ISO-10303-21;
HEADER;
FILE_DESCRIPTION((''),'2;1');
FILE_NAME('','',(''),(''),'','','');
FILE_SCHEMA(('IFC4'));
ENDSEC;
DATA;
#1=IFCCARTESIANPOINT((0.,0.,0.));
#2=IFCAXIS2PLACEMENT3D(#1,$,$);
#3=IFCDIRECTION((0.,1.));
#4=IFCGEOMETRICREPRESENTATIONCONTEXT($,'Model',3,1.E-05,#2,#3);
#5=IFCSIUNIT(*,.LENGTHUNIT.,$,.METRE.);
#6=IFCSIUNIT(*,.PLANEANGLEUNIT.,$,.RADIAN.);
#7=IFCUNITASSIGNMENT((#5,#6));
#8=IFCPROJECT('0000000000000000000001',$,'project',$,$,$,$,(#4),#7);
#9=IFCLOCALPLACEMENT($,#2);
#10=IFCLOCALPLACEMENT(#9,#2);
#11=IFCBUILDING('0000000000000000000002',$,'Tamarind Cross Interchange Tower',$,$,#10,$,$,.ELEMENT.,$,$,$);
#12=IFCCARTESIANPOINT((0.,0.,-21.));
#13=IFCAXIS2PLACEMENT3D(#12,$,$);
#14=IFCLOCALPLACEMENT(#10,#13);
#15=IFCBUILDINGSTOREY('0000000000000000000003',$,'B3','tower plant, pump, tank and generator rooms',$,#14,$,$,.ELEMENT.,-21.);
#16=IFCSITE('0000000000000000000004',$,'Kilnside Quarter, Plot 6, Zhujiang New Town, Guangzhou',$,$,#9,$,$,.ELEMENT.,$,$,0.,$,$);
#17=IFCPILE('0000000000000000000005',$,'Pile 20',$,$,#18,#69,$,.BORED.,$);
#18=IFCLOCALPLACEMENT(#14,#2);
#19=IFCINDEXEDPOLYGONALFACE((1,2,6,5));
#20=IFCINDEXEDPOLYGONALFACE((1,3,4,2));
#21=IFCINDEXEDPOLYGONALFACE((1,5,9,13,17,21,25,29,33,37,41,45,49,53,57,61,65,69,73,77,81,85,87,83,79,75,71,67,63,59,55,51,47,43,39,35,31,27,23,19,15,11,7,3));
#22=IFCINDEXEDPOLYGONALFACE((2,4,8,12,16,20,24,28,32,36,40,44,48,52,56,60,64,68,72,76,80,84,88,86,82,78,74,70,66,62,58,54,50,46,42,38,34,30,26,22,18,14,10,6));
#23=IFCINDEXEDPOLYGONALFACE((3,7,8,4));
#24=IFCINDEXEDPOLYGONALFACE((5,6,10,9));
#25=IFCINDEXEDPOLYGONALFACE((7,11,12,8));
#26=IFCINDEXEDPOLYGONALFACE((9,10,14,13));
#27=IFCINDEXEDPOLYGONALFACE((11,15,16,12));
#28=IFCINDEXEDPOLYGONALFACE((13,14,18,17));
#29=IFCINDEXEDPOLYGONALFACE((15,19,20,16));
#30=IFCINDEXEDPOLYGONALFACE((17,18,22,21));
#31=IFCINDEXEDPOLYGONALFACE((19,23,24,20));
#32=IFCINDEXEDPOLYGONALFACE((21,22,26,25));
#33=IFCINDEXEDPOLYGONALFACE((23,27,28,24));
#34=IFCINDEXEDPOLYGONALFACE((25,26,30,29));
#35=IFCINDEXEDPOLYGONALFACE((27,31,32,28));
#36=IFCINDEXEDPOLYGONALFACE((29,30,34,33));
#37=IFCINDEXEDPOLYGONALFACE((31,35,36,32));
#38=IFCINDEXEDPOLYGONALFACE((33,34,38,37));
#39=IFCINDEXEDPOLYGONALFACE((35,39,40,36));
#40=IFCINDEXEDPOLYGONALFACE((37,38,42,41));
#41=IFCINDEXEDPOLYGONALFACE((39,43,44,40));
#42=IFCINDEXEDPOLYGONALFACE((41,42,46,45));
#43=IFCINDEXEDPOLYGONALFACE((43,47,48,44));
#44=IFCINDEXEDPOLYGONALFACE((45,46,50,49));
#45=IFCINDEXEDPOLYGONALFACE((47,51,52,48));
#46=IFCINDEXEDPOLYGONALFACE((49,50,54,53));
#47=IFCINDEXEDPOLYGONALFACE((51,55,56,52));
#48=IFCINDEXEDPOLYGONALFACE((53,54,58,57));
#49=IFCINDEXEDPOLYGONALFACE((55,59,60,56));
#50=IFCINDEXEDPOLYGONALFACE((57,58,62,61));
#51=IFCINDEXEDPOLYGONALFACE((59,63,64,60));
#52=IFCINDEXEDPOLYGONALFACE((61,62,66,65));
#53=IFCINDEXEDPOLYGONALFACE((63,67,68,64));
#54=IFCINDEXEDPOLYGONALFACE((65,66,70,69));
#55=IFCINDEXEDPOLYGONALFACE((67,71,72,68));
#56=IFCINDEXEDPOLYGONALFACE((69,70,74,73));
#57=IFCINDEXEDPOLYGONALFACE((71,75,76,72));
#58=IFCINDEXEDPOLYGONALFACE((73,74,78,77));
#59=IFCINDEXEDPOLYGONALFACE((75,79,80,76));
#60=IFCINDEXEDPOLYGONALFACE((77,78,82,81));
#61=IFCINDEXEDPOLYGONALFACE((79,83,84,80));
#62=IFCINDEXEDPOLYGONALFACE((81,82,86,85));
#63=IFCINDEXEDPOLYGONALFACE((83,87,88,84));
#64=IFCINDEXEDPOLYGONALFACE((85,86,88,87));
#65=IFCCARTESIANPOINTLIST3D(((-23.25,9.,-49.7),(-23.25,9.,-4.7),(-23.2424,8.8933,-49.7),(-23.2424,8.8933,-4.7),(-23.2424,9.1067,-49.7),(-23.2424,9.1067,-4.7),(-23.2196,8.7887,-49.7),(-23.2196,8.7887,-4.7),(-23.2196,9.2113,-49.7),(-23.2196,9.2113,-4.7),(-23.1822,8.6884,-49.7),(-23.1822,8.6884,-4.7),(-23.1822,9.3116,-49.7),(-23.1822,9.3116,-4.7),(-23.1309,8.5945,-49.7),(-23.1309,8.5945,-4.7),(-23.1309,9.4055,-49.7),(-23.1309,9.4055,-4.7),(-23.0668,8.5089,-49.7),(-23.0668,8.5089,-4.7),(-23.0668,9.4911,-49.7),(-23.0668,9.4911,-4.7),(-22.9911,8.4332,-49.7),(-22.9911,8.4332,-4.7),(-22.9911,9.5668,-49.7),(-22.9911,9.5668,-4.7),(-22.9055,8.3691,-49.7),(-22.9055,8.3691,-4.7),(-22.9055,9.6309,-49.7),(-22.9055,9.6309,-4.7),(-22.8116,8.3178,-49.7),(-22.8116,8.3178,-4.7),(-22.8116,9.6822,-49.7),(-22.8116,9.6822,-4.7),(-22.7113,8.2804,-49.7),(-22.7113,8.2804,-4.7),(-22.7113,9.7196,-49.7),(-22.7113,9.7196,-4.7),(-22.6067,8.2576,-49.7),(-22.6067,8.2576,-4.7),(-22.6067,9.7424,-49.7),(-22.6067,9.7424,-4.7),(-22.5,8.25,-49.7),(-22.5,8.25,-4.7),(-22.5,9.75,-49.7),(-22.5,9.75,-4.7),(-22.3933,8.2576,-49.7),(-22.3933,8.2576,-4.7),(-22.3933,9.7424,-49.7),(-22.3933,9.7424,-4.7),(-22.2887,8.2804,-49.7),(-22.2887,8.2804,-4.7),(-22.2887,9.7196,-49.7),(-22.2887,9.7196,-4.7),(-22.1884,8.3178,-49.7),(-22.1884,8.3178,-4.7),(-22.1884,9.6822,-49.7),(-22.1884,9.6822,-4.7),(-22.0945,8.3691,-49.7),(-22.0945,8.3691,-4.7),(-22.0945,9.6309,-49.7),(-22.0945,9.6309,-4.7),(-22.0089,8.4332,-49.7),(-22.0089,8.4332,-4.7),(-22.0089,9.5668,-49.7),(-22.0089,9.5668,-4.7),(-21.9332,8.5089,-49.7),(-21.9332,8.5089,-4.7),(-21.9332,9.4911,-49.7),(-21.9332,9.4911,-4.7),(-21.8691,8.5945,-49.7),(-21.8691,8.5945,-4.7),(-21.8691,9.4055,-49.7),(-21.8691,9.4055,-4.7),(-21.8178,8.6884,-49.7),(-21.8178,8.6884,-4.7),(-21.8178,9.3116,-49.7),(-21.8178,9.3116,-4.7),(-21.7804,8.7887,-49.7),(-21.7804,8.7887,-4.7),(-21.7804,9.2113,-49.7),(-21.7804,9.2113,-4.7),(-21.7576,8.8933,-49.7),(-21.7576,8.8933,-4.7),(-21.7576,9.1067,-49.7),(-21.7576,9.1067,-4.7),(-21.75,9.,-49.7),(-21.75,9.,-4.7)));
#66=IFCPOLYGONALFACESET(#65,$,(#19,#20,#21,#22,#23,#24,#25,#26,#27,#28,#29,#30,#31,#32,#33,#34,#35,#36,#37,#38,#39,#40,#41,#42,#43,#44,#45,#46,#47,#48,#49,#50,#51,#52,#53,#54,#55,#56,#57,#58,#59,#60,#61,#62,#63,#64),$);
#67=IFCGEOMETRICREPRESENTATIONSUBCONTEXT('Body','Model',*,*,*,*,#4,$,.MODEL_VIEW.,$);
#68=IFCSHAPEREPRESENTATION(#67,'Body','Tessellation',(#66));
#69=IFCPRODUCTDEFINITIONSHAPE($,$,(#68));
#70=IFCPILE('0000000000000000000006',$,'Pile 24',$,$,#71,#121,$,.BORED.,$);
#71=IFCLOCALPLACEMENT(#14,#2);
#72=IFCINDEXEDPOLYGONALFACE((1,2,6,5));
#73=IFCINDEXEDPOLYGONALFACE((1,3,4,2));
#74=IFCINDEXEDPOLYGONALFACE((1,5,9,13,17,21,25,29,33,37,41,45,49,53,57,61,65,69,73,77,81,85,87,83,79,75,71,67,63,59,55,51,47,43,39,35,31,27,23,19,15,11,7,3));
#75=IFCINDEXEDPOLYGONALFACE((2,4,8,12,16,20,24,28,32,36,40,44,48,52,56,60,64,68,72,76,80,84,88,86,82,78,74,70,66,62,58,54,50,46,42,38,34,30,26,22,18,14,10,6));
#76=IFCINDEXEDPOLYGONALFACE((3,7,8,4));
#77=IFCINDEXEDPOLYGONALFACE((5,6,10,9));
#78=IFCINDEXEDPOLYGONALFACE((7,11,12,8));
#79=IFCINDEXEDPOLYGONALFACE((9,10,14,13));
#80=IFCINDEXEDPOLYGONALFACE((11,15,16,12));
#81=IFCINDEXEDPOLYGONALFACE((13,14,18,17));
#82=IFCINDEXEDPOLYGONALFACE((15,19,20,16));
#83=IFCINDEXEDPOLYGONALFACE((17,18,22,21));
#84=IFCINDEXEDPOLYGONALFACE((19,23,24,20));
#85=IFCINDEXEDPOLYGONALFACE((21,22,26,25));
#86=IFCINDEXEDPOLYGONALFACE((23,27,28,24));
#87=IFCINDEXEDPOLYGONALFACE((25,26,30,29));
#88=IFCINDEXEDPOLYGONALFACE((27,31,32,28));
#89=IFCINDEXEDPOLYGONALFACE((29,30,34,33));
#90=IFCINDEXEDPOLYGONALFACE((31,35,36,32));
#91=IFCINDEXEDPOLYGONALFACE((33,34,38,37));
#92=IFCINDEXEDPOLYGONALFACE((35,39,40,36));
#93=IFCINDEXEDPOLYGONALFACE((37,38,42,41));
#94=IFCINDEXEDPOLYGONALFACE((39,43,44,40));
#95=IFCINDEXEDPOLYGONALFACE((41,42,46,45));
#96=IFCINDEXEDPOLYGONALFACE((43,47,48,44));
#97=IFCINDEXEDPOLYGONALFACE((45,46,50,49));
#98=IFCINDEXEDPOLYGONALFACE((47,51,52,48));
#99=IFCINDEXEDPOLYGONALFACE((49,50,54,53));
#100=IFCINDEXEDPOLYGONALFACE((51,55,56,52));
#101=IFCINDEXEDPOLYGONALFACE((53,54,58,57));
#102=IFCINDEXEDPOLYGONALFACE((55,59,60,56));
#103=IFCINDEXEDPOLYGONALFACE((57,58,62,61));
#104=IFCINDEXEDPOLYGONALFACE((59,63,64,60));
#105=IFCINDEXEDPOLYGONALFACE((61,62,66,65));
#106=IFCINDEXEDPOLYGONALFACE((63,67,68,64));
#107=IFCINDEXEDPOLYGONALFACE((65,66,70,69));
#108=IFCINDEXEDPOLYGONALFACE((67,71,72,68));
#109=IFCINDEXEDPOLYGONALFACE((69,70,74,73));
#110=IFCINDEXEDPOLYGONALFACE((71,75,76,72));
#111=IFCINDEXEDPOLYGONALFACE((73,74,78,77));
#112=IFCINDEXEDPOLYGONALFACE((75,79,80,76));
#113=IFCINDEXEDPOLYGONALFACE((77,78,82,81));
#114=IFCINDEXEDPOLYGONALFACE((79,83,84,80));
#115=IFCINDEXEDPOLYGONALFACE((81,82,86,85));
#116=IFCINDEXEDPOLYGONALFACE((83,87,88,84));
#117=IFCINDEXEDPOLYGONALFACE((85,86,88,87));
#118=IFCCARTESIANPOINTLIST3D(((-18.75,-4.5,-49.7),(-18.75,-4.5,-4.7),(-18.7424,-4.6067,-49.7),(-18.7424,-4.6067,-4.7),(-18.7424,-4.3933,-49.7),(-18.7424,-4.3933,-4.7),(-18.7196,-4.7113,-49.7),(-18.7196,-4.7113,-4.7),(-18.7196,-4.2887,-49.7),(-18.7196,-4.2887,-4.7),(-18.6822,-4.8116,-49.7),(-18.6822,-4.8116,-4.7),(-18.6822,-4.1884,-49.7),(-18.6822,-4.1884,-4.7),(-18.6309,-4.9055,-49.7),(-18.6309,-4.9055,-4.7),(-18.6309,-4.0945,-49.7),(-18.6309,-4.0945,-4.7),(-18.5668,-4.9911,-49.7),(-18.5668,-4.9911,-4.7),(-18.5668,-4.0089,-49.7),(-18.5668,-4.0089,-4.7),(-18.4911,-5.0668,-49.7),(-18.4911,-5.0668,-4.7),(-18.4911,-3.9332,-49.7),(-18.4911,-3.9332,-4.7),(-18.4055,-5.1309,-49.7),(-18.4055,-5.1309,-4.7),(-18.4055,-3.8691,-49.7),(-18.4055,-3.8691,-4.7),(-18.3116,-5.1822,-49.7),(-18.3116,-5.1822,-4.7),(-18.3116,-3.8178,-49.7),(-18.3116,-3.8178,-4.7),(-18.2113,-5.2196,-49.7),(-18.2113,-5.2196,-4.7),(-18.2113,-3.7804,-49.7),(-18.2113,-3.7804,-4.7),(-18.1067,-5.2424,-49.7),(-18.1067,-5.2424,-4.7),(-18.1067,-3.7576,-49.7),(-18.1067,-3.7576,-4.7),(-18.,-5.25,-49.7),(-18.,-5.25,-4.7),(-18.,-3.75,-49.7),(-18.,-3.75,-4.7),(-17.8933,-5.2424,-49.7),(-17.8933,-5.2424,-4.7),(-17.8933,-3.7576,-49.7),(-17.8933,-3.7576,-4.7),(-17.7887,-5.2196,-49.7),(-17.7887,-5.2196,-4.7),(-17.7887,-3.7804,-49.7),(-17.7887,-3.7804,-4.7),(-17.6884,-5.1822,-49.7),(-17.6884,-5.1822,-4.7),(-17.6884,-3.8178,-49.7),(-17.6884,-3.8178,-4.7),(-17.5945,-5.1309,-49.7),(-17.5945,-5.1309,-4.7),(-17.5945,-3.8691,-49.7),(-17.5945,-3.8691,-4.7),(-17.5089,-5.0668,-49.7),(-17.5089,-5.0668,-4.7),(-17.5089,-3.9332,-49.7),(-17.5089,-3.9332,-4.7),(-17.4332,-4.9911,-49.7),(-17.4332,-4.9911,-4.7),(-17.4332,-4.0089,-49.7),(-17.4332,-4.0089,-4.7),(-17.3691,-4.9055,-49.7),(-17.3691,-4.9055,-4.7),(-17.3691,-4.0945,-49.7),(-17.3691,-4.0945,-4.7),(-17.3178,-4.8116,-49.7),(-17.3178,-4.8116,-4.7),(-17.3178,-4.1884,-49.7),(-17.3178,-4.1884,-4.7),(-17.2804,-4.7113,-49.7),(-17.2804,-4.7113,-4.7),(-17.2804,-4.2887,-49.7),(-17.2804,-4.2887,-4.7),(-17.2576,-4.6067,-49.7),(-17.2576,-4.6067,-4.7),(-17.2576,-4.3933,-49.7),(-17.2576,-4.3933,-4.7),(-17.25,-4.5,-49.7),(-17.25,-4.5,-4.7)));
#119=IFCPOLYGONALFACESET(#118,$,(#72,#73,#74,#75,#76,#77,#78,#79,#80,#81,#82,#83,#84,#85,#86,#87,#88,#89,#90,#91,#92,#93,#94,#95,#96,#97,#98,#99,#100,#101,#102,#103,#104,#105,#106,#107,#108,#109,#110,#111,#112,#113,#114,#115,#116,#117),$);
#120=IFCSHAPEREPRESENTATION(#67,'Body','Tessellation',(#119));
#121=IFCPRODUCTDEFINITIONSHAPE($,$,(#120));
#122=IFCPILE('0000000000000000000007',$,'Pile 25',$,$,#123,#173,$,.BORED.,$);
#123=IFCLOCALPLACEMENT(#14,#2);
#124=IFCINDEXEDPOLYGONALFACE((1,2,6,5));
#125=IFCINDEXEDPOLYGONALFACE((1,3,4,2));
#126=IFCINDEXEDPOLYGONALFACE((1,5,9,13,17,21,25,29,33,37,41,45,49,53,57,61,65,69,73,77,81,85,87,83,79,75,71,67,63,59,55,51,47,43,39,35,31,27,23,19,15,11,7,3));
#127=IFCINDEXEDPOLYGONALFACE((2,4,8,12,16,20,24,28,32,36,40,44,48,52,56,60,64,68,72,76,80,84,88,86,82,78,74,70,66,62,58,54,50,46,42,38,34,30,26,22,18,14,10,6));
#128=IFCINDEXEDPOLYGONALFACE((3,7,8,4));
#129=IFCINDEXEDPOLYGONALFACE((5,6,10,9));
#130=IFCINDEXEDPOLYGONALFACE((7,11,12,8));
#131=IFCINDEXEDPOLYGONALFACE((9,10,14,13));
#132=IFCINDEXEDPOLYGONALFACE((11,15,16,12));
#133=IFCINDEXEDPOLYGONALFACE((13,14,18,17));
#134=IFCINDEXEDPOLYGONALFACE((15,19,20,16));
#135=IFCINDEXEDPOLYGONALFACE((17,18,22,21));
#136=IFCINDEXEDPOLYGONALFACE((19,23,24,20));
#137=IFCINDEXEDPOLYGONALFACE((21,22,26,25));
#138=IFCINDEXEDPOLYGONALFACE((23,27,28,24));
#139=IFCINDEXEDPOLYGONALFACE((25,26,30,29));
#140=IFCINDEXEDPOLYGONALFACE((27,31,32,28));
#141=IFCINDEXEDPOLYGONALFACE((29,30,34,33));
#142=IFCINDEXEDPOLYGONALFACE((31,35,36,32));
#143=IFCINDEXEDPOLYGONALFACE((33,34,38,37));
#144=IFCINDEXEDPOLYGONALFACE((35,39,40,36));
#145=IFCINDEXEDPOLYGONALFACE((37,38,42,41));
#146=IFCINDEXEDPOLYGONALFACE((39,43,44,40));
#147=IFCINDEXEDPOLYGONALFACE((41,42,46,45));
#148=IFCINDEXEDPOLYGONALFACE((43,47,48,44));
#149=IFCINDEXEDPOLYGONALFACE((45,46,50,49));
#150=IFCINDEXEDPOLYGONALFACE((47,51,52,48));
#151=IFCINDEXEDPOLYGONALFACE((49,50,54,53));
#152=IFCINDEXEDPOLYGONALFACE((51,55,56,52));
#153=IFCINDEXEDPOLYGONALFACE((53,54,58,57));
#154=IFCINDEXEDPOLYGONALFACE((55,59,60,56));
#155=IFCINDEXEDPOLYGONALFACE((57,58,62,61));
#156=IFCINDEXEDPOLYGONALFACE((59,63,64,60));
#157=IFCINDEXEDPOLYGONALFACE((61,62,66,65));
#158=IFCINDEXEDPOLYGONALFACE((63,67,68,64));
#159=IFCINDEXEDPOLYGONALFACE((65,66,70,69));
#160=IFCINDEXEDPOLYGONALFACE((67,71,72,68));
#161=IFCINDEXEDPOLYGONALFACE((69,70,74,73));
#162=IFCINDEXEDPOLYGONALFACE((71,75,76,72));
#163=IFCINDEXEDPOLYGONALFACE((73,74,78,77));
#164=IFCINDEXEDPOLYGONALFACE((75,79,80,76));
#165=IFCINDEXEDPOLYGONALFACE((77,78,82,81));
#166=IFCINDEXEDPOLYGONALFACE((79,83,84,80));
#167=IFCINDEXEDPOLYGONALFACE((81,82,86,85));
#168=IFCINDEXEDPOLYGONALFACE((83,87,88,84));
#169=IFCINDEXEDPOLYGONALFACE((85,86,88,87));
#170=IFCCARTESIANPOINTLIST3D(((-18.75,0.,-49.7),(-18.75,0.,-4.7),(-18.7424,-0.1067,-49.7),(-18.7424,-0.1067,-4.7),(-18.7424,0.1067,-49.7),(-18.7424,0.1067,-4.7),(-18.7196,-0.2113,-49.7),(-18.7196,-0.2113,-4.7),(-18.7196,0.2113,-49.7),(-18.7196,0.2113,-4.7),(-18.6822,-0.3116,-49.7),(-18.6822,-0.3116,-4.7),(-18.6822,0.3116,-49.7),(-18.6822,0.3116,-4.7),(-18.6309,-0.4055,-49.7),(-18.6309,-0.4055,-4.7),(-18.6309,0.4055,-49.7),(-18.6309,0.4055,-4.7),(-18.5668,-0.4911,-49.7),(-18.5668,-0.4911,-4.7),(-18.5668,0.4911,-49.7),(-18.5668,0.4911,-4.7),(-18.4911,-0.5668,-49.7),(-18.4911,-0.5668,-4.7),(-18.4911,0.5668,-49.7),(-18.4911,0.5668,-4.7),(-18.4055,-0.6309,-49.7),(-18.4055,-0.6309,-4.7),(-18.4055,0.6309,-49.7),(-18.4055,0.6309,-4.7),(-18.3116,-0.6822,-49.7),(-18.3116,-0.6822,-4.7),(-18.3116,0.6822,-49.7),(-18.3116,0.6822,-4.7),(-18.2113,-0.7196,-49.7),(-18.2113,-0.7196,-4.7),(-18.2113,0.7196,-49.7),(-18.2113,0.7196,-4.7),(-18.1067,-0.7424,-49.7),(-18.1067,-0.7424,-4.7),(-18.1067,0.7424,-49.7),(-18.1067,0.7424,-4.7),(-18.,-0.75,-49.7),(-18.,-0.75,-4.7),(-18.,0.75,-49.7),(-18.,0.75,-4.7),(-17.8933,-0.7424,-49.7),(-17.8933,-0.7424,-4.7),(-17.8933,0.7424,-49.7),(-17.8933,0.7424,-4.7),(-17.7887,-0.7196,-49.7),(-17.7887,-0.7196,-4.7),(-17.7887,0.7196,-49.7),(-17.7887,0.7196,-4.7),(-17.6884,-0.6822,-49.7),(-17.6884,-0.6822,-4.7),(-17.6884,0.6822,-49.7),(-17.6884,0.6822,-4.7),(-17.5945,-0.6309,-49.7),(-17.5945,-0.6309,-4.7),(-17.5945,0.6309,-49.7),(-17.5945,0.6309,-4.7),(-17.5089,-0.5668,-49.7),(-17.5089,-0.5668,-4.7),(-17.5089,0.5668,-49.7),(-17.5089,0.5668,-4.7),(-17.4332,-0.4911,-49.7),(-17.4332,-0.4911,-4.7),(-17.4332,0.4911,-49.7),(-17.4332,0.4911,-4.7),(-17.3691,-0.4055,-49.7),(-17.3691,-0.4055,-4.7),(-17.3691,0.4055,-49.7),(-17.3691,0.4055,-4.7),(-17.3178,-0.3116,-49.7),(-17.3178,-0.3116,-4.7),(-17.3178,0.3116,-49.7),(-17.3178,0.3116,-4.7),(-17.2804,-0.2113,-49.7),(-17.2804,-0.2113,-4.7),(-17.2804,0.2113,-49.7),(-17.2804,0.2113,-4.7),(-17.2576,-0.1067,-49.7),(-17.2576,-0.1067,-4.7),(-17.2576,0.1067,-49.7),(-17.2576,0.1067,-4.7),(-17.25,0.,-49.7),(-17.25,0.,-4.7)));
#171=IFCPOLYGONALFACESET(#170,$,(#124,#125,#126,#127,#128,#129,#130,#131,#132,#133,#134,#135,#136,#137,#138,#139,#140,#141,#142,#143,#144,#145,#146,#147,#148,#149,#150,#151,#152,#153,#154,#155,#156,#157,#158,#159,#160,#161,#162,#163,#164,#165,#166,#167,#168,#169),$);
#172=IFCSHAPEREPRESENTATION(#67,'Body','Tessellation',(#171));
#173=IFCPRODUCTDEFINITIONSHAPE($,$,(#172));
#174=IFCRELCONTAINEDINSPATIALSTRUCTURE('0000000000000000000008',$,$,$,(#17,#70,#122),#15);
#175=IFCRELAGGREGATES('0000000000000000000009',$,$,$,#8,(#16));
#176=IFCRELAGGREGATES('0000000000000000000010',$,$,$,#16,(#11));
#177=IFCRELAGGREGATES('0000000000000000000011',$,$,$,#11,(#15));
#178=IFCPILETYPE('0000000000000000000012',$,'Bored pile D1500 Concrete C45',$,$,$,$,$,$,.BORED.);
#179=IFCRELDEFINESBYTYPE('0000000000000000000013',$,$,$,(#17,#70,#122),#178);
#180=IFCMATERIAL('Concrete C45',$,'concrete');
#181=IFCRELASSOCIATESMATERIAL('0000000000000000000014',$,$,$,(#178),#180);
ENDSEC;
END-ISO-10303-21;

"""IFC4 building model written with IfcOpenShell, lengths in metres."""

from ifc_helpers import new_model, si_unit, direction, frame, origin, origin_2d, place, context, subcontext, project, spatial, circle, extrude, material, material_profile, profile_set, type_object, element, save


model = new_model("IFC4")

# Units and contexts
model_context = context("Model", 3, precision=1e-05, world=origin(), true_north=direction((0.0, 1.0)))
body_context = subcontext(model_context, "Body", "Model", "MODEL_VIEW")
ifc_project = project(units=[si_unit("LENGTHUNIT", "METRE"), si_unit("PLANEANGLEUNIT", "RADIAN")], contexts=[model_context])

# Site, building, storey
site_placement = place(None, origin())
site = spatial("IfcSite", under=ifc_project, at=site_placement, Name="Kilnside Quarter, Plot 6, Zhujiang New Town, Guangzhou", CompositionType="ELEMENT", RefElevation=0.0)
building_placement = place(site_placement, origin())
building = spatial("IfcBuilding", under=site, at=building_placement, Name="Tamarind Cross Interchange Tower", CompositionType="ELEMENT")
storey_placement = place(building_placement, frame((0.0, 0.0, -21.0)))
storey = spatial("IfcBuildingStorey", under=building, at=storey_placement, Name="B3", Description="tower plant, pump, tank and generator rooms", CompositionType="ELEMENT", Elevation=-21.0)

# Piles
ifc_material_1 = material(Name="Concrete C45", Category="concrete")
ifc_material_profile_1 = material_profile(ifc_material_1, circle(Radius=0.75, at=origin_2d()), Name="RC D1500")
ifc_profile_set_1 = profile_set([ifc_material_profile_1], Name="Concrete C45")
pile_type = type_object("IfcPileType", Name="Bored pile D1500 Concrete C45", PredefinedType="BORED", material=ifc_profile_set_1)
for number, where, z_axis, x_axis, name in (
    (1, (-22.5, 9.0, -4.7), (0.0, 0.0, -1.0), (1.0, 0.0, 0.0), "Pile 20"),
    (2, (-18.0, -4.5, -4.7), (0.0, 0.0, -1.0), (1.0, 0.0, 0.0), "Pile 24"),
    (3, (-18.0, 0.0, -4.7), (0.0, 0.0, -1.0), (1.0, 0.0, 0.0), "Pile 25"),
):
    element("IfcPile", number, at=place(storey_placement, frame(where, z_axis=z_axis, x_axis=x_axis)), inside=storey, type_object=pile_type, Name=name, PredefinedType="BORED", context=body_context, shape_type="SweptSolid", body=[
        extrude(circle(Radius=0.75, at=origin_2d()), origin(), (0.0, 0.0, 1.0), 45.0),
    ])

save(model, "model.ifc")
